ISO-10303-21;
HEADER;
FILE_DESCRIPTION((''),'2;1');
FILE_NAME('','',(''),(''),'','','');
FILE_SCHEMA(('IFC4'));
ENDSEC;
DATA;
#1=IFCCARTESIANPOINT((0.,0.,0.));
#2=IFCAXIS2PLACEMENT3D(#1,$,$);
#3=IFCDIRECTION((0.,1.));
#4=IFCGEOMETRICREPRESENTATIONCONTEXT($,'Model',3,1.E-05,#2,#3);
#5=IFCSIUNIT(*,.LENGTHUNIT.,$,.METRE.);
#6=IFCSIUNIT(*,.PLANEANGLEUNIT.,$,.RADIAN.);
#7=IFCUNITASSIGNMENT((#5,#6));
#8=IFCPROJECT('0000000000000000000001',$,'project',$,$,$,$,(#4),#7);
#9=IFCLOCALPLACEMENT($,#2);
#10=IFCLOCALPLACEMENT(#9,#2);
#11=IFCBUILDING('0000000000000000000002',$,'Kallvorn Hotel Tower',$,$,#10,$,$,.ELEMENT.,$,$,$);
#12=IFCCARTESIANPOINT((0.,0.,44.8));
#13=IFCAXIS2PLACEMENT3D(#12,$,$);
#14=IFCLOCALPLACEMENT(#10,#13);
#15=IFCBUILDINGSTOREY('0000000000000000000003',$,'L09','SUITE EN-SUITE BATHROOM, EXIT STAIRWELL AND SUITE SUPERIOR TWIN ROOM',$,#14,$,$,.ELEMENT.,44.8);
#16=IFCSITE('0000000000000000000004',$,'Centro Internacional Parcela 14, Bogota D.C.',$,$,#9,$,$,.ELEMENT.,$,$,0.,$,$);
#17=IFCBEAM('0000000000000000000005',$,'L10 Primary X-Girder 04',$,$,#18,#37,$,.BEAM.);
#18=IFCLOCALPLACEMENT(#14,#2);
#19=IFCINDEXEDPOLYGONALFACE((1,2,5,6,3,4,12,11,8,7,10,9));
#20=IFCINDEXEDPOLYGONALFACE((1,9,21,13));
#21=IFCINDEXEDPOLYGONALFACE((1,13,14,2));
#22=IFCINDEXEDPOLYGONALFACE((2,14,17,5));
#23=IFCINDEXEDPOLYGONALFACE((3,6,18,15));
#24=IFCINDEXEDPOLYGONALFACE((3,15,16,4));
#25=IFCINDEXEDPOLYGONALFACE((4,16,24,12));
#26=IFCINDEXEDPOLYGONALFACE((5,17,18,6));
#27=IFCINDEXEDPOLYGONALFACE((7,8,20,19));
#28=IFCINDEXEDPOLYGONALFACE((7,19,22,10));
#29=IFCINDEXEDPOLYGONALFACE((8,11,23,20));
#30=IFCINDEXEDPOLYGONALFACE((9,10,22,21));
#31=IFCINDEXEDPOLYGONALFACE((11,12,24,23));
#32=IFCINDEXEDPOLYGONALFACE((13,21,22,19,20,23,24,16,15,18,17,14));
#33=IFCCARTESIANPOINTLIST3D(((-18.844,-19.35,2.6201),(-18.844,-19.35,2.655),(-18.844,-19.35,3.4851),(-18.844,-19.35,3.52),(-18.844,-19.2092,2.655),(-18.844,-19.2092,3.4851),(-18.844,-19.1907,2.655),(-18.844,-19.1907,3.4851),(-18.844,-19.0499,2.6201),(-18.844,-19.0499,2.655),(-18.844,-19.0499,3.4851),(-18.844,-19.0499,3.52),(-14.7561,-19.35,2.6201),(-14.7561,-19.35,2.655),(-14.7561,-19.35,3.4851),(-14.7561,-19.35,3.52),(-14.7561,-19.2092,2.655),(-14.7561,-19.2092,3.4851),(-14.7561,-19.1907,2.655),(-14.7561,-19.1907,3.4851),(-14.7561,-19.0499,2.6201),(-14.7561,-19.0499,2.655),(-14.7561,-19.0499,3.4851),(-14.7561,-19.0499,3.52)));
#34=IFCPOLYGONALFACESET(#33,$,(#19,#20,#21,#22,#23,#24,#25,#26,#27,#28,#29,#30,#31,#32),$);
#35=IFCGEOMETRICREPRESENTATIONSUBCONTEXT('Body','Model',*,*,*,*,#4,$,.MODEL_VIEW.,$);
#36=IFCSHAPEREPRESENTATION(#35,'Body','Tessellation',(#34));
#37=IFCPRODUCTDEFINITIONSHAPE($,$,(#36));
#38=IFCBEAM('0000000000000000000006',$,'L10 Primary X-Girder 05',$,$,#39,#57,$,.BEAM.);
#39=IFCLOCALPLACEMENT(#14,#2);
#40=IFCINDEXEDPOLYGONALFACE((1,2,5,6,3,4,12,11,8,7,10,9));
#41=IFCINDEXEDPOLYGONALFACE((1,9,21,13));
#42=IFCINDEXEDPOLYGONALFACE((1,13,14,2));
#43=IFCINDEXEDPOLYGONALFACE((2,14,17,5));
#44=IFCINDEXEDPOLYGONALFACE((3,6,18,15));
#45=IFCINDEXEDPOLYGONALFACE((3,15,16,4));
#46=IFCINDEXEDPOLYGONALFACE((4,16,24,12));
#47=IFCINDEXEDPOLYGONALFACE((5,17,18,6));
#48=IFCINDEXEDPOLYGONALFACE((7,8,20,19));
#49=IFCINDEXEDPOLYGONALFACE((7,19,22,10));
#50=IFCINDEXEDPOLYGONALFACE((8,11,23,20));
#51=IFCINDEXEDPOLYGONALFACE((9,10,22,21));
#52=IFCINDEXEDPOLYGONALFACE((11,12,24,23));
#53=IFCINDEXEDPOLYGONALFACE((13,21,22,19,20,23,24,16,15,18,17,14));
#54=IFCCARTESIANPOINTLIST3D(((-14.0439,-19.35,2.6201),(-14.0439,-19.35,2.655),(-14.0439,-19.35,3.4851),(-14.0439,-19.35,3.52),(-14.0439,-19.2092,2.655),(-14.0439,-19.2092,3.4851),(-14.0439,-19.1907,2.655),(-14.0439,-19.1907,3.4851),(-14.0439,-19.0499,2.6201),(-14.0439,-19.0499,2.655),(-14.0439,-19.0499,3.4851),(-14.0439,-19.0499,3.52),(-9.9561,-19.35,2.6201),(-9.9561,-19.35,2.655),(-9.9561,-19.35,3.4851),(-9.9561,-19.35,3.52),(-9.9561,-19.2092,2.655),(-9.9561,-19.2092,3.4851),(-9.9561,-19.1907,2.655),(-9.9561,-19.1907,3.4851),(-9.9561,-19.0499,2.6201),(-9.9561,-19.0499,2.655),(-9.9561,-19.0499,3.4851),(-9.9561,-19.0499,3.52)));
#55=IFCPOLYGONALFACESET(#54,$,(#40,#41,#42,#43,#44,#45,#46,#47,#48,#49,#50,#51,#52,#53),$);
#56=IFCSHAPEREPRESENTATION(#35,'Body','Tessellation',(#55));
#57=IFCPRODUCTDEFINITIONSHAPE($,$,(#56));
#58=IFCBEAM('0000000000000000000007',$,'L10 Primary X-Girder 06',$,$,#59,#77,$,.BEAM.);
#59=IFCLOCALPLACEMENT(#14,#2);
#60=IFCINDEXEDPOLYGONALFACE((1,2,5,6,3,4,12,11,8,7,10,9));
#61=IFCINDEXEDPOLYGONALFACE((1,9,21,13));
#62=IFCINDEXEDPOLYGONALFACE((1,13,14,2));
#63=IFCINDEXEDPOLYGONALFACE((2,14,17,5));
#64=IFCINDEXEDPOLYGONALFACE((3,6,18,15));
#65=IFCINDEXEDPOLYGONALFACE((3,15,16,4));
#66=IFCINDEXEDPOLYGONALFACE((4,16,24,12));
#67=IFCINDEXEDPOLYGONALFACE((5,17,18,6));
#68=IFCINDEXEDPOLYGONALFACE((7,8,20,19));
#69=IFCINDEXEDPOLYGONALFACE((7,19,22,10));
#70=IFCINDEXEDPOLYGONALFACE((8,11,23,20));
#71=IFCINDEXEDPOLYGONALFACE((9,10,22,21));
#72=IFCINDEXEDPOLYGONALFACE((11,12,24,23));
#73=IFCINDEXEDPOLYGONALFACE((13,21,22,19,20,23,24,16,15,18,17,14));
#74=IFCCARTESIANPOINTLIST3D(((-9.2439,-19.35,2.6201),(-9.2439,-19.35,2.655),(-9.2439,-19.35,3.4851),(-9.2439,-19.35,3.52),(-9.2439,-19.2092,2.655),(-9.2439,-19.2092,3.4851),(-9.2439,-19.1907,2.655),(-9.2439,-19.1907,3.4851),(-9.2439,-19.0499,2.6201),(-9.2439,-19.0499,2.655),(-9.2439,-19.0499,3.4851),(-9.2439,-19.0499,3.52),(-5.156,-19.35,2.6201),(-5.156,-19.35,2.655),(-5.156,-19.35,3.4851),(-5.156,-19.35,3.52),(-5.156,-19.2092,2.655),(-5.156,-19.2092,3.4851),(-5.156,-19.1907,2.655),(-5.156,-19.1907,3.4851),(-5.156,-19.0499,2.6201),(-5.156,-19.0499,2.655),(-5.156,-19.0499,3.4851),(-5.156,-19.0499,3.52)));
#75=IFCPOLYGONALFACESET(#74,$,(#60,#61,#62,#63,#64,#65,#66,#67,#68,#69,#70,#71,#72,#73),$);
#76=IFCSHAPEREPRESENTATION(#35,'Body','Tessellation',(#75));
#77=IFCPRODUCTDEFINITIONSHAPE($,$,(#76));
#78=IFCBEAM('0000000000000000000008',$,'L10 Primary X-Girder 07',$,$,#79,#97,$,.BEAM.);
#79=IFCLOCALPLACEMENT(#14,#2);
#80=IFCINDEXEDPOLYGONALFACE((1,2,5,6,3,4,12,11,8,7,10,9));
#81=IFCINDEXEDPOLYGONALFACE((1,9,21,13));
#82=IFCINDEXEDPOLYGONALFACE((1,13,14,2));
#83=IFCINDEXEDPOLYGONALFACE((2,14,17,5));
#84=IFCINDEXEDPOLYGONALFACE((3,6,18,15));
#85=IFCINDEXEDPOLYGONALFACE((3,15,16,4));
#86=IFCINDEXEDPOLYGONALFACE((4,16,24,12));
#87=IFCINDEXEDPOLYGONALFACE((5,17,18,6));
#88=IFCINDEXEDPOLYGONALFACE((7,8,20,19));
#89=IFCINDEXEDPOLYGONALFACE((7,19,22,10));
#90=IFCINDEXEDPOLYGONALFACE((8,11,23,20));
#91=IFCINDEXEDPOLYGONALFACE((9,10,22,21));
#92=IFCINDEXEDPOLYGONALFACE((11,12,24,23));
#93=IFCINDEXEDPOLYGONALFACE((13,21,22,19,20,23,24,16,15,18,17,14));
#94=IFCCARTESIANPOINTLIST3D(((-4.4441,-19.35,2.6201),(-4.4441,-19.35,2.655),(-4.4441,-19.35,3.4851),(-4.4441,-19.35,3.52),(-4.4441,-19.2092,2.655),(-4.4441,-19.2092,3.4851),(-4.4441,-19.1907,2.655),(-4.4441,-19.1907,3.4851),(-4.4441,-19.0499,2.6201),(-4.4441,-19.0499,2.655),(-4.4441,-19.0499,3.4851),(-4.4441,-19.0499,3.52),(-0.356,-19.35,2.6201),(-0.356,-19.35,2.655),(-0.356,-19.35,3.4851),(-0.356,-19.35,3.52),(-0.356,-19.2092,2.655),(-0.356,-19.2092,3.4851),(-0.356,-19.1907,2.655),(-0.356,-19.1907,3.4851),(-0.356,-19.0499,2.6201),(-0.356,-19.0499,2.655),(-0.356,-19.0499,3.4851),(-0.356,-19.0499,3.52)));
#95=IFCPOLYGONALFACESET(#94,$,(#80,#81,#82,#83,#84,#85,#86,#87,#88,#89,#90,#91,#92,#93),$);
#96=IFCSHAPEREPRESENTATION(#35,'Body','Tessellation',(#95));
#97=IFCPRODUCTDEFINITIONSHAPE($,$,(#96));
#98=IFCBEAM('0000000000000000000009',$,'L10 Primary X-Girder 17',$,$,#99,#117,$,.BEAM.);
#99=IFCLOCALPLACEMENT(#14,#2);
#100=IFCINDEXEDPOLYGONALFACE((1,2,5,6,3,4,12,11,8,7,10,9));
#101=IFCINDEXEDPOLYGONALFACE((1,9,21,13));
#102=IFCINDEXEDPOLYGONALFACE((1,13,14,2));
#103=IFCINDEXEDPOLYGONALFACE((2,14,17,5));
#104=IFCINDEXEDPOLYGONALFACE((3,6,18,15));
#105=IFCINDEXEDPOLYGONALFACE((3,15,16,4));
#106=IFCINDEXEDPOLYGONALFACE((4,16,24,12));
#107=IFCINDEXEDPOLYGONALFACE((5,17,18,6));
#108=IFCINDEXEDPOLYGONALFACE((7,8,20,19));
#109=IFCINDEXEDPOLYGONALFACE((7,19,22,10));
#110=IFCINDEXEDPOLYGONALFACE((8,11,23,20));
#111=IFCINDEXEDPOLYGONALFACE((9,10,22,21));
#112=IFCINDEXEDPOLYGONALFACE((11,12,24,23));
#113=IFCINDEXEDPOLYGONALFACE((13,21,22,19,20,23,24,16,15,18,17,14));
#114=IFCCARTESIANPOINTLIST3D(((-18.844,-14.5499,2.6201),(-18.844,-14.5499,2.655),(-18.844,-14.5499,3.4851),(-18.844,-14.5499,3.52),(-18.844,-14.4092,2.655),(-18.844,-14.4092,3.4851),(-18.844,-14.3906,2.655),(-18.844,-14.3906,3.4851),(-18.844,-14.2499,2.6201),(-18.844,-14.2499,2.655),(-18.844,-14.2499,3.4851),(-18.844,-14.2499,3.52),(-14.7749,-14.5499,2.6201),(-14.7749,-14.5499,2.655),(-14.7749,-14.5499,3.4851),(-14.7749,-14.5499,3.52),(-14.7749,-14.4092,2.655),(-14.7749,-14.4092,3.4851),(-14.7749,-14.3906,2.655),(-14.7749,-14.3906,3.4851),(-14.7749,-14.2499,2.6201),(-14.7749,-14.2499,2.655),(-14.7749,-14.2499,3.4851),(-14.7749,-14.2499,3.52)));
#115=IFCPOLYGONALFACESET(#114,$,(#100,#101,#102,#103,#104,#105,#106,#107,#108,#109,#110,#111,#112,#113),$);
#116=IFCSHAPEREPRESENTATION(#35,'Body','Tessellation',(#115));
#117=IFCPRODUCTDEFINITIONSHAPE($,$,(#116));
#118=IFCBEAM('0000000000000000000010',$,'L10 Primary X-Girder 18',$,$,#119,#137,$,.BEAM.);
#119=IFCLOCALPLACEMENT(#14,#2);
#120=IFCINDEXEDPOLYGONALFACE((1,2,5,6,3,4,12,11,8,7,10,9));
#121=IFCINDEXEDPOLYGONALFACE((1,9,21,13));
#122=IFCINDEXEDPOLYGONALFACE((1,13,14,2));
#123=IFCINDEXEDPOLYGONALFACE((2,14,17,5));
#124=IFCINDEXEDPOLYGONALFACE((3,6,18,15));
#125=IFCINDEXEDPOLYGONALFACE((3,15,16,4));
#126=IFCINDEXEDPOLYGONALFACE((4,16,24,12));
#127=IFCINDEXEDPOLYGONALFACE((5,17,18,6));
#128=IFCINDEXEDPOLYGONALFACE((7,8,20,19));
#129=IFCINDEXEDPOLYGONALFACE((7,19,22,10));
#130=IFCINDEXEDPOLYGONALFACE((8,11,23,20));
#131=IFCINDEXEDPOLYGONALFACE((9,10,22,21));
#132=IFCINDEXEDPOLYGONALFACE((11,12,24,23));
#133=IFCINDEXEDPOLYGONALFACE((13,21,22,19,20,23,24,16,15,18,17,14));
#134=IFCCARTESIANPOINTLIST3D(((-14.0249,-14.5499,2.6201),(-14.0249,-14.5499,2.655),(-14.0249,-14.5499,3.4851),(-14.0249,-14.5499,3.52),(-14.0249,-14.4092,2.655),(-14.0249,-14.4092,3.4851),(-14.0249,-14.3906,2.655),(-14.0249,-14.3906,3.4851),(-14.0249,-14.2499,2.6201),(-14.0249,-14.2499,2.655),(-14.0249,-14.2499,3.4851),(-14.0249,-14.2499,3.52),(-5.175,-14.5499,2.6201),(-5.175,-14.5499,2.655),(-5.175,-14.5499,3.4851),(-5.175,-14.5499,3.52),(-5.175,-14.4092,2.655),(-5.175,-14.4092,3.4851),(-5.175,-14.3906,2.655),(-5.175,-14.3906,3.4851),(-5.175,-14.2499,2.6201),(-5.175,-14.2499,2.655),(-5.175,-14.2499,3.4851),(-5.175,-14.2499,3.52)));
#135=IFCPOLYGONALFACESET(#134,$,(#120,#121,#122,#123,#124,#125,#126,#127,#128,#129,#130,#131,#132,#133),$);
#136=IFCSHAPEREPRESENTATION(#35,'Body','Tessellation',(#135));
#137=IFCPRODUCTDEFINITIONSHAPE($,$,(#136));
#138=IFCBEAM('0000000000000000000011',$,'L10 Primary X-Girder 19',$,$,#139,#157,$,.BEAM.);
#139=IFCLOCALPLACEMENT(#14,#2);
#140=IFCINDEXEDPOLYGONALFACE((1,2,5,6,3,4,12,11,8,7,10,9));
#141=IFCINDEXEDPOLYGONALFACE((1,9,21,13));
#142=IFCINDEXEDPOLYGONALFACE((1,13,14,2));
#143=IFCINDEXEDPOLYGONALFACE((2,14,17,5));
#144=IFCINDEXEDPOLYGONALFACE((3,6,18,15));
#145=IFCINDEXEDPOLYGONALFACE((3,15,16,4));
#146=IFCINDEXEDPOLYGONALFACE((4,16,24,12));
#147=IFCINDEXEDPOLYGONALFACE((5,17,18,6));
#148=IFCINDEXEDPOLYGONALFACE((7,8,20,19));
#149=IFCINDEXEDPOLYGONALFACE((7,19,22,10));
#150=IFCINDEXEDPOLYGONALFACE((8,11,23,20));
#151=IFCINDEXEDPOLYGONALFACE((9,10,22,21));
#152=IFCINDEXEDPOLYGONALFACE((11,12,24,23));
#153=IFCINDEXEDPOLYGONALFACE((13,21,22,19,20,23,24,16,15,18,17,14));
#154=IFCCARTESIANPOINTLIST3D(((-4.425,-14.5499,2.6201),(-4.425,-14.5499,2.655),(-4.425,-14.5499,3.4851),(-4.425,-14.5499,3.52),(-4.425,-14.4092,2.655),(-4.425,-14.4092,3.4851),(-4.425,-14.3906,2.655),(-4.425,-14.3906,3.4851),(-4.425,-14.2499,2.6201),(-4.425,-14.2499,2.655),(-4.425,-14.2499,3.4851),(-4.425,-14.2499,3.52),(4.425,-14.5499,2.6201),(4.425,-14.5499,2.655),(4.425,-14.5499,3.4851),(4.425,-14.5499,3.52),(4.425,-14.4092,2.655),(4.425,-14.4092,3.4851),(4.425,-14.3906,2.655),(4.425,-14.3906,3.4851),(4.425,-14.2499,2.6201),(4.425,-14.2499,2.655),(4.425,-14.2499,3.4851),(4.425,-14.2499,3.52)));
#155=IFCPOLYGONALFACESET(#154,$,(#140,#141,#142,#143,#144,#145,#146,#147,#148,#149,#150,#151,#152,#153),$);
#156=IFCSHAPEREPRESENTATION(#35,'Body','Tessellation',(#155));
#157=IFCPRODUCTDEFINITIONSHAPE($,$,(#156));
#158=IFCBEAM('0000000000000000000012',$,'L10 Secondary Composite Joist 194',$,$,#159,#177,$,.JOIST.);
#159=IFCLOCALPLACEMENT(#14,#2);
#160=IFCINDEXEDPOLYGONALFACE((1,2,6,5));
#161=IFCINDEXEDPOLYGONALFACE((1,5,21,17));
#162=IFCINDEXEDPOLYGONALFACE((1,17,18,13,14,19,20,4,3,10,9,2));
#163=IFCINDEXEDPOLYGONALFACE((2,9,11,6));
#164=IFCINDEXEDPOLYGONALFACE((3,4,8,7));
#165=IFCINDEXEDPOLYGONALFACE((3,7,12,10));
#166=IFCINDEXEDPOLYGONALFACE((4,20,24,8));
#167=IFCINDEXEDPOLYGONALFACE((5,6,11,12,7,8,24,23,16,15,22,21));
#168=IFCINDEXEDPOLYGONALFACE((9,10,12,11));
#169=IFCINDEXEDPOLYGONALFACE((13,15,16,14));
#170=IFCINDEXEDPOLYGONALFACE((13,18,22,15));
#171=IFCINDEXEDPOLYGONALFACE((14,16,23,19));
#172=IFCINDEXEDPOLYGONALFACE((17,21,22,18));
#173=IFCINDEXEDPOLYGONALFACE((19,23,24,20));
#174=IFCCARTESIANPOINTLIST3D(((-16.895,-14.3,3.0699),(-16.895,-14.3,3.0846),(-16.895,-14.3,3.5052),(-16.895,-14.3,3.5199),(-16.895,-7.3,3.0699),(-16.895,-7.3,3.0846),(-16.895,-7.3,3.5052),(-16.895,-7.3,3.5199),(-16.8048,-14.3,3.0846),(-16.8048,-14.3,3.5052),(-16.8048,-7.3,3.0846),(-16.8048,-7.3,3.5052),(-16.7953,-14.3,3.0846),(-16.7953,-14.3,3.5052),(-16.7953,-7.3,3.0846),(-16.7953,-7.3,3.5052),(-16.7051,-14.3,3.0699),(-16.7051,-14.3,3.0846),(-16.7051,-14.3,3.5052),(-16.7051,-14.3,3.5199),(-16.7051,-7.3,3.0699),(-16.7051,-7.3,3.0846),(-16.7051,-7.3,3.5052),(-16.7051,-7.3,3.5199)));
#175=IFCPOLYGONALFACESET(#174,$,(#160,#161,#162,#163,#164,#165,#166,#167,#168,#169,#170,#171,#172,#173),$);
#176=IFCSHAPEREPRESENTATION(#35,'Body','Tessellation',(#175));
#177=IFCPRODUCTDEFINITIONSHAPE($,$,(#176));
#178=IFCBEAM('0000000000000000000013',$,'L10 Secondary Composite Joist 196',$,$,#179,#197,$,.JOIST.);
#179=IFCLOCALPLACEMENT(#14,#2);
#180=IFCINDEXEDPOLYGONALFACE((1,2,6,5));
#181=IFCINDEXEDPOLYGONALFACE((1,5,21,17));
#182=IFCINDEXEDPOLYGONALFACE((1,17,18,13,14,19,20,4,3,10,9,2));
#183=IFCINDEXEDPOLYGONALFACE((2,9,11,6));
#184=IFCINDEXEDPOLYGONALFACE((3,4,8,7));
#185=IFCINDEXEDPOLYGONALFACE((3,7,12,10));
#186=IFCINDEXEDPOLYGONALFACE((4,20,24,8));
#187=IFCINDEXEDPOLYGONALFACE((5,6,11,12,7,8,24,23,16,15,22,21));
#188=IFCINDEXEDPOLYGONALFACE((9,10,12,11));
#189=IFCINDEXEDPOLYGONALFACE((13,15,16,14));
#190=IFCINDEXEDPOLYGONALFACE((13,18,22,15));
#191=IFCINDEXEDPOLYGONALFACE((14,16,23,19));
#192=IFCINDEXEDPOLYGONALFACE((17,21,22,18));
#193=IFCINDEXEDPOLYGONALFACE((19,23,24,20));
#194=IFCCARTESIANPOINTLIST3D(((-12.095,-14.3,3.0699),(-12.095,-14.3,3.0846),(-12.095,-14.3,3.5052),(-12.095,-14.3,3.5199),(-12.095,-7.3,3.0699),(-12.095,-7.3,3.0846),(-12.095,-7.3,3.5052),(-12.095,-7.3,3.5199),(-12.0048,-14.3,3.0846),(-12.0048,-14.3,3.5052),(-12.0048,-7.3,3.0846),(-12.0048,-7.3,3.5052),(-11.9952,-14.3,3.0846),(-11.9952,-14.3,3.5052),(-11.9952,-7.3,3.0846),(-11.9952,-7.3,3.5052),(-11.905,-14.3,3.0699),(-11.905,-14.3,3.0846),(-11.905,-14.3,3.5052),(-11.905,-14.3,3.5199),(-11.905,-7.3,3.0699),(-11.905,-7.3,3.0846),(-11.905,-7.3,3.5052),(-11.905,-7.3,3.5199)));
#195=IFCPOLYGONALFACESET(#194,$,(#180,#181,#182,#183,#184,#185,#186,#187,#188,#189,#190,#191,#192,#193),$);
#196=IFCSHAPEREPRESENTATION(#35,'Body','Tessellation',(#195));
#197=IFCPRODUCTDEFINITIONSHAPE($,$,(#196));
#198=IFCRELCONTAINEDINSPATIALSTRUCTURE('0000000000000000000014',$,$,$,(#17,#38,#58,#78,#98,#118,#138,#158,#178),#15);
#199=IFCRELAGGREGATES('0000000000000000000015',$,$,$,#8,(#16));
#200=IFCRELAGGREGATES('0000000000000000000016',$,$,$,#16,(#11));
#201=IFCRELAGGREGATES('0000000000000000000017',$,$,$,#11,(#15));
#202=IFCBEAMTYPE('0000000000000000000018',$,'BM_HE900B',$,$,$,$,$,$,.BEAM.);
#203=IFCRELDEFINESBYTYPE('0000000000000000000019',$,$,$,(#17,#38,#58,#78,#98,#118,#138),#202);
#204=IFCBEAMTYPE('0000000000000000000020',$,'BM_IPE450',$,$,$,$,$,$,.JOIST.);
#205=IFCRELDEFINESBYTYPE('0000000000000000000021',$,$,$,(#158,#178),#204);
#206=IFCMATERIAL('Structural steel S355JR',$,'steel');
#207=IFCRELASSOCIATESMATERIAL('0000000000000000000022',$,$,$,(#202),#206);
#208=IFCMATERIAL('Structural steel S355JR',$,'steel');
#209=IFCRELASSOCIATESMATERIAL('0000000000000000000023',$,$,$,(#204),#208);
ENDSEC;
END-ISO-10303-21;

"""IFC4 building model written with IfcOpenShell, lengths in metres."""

from ifc_helpers import new_model, si_unit, direction, frame, origin, origin_2d, place, context, subcontext, project, spatial, i_section, extrude, material, material_profile, profile_set, type_object, element, save


model = new_model("IFC4")

# Units and contexts
model_context = context("Model", 3, precision=1e-05, world=origin(), true_north=direction((0.0, 1.0)))
body_context = subcontext(model_context, "Body", "Model", "MODEL_VIEW")
ifc_project = project(units=[si_unit("LENGTHUNIT", "METRE"), si_unit("PLANEANGLEUNIT", "RADIAN")], contexts=[model_context])

# Site, building, storey
site_placement = place(None, origin())
site = spatial("IfcSite", under=ifc_project, at=site_placement, Name="Centro Internacional Parcela 14, Bogota D.C.", CompositionType="ELEMENT", RefElevation=0.0)
building_placement = place(site_placement, origin())
building = spatial("IfcBuilding", under=site, at=building_placement, Name="Kallvorn Hotel Tower", CompositionType="ELEMENT")
storey_placement = place(building_placement, frame((0.0, 0.0, 44.8)))
storey = spatial("IfcBuildingStorey", under=building, at=storey_placement, Name="L09", Description="SUITE EN-SUITE BATHROOM, EXIT STAIRWELL AND SUITE SUPERIOR TWIN ROOM", CompositionType="ELEMENT", Elevation=44.8)

# Beams
ifc_material_1 = material(Name="Structural steel S355JR", Category="steel")
ifc_material_profile_1 = material_profile(ifc_material_1, i_section(OverallWidth=0.3, OverallDepth=0.8999, WebThickness=0.0186, FlangeThickness=0.0349, at=origin_2d()), Name="HE 900 B")
ifc_profile_set_1 = profile_set([ifc_material_profile_1], Name="Structural steel S355JR")
beam_type_1 = type_object("IfcBeamType", Name="BM_HE900B", PredefinedType="BEAM", material=ifc_profile_set_1)
for number, where, z_axis, x_axis, name in (
    (1, (-18.844, -19.2, 3.0701), (1.0, 0.0, 0.0), (0.0, 1.0, 0.0), "L10 Primary X-Girder 04"),
    (2, (-14.0439, -19.2, 3.0701), (1.0, 0.0, 0.0), (0.0, 1.0, 0.0), "L10 Primary X-Girder 05"),
    (3, (-9.2439, -19.2, 3.0701), (1.0, 0.0, 0.0), (0.0, 1.0, 0.0), "L10 Primary X-Girder 06"),
):
    element("IfcBeam", number, at=place(storey_placement, frame(where, z_axis=z_axis, x_axis=x_axis)), inside=storey, type_object=beam_type_1, Name=name, PredefinedType="BEAM", context=body_context, shape_type="SweptSolid", body=[
        extrude(i_section(OverallWidth=0.3, OverallDepth=0.8999, WebThickness=0.0186, FlangeThickness=0.0349, at=origin_2d()), origin(), (0.0, 0.0, 1.0), 4.0879),
    ])
beam_1_placement = place(storey_placement, frame((-4.4441, -19.2, 3.0701), z_axis=(1.0, 0.0, 0.0), x_axis=(0.0, 1.0, 0.0)))
element("IfcBeam", 4, at=beam_1_placement, inside=storey, type_object=beam_type_1, Name="L10 Primary X-Girder 07", PredefinedType="BEAM", context=body_context, shape_type="SweptSolid", body=[
    extrude(i_section(OverallWidth=0.3, OverallDepth=0.8999, WebThickness=0.0186, FlangeThickness=0.0349, at=origin_2d()), origin(), (0.0, 0.0, 1.0), 4.0881),
])
beam_2_placement = place(storey_placement, frame((-18.844, -14.3999, 3.0701), z_axis=(1.0, 0.0, 0.0), x_axis=(0.0, 1.0, 0.0)))
element("IfcBeam", 5, at=beam_2_placement, inside=storey, type_object=beam_type_1, Name="L10 Primary X-Girder 17", PredefinedType="BEAM", context=body_context, shape_type="SweptSolid", body=[
    extrude(i_section(OverallWidth=0.3, OverallDepth=0.8999, WebThickness=0.0186, FlangeThickness=0.0349, at=origin_2d()), origin(), (0.0, 0.0, 1.0), 4.0691),
])
beam_3_placement = place(storey_placement, frame((-14.0249, -14.3999, 3.0701), z_axis=(1.0, 0.0, 0.0), x_axis=(0.0, 1.0, 0.0)))
element("IfcBeam", 6, at=beam_3_placement, inside=storey, type_object=beam_type_1, Name="L10 Primary X-Girder 18", PredefinedType="BEAM", context=body_context, shape_type="SweptSolid", body=[
    extrude(i_section(OverallWidth=0.3, OverallDepth=0.8999, WebThickness=0.0186, FlangeThickness=0.0349, at=origin_2d()), origin(), (0.0, 0.0, 1.0), 8.8499),
])
beam_4_placement = place(storey_placement, frame((-4.425, -14.3999, 3.0701), z_axis=(1.0, 0.0, 0.0), x_axis=(0.0, 1.0, 0.0)))
element("IfcBeam", 7, at=beam_4_placement, inside=storey, type_object=beam_type_1, Name="L10 Primary X-Girder 19", PredefinedType="BEAM", context=body_context, shape_type="SweptSolid", body=[
    extrude(i_section(OverallWidth=0.3, OverallDepth=0.8999, WebThickness=0.0186, FlangeThickness=0.0349, at=origin_2d()), origin(), (0.0, 0.0, 1.0), 8.8501),
])
ifc_material_2 = material(Name="Structural steel S355JR", Category="steel")
ifc_material_profile_2 = material_profile(ifc_material_2, i_section(OverallWidth=0.1899, OverallDepth=0.45, WebThickness=0.0095, FlangeThickness=0.0146, at=origin_2d()), Name="IPE 450")
ifc_profile_set_2 = profile_set([ifc_material_profile_2], Name="Structural steel S355JR")
beam_type_2 = type_object("IfcBeamType", Name="BM_IPE450", PredefinedType="JOIST", material=ifc_profile_set_2)
for number, where, z_axis, x_axis, name in (
    (8, (-16.8, -14.3, 3.2949), (0.0, 1.0, 0.0), (-1.0, 0.0, 0.0), "L10 Secondary Composite Joist 194"),
    (9, (-12.0, -14.3, 3.2949), (0.0, 1.0, 0.0), (-1.0, 0.0, 0.0), "L10 Secondary Composite Joist 196"),
):
    element("IfcBeam", number, at=place(storey_placement, frame(where, z_axis=z_axis, x_axis=x_axis)), inside=storey, type_object=beam_type_2, Name=name, PredefinedType="JOIST", context=body_context, shape_type="SweptSolid", body=[
        extrude(i_section(OverallWidth=0.1899, OverallDepth=0.45, WebThickness=0.0095, FlangeThickness=0.0146, at=origin_2d()), origin(), (0.0, 0.0, 1.0), 7.0),
    ])

save(model, "model.ifc")
